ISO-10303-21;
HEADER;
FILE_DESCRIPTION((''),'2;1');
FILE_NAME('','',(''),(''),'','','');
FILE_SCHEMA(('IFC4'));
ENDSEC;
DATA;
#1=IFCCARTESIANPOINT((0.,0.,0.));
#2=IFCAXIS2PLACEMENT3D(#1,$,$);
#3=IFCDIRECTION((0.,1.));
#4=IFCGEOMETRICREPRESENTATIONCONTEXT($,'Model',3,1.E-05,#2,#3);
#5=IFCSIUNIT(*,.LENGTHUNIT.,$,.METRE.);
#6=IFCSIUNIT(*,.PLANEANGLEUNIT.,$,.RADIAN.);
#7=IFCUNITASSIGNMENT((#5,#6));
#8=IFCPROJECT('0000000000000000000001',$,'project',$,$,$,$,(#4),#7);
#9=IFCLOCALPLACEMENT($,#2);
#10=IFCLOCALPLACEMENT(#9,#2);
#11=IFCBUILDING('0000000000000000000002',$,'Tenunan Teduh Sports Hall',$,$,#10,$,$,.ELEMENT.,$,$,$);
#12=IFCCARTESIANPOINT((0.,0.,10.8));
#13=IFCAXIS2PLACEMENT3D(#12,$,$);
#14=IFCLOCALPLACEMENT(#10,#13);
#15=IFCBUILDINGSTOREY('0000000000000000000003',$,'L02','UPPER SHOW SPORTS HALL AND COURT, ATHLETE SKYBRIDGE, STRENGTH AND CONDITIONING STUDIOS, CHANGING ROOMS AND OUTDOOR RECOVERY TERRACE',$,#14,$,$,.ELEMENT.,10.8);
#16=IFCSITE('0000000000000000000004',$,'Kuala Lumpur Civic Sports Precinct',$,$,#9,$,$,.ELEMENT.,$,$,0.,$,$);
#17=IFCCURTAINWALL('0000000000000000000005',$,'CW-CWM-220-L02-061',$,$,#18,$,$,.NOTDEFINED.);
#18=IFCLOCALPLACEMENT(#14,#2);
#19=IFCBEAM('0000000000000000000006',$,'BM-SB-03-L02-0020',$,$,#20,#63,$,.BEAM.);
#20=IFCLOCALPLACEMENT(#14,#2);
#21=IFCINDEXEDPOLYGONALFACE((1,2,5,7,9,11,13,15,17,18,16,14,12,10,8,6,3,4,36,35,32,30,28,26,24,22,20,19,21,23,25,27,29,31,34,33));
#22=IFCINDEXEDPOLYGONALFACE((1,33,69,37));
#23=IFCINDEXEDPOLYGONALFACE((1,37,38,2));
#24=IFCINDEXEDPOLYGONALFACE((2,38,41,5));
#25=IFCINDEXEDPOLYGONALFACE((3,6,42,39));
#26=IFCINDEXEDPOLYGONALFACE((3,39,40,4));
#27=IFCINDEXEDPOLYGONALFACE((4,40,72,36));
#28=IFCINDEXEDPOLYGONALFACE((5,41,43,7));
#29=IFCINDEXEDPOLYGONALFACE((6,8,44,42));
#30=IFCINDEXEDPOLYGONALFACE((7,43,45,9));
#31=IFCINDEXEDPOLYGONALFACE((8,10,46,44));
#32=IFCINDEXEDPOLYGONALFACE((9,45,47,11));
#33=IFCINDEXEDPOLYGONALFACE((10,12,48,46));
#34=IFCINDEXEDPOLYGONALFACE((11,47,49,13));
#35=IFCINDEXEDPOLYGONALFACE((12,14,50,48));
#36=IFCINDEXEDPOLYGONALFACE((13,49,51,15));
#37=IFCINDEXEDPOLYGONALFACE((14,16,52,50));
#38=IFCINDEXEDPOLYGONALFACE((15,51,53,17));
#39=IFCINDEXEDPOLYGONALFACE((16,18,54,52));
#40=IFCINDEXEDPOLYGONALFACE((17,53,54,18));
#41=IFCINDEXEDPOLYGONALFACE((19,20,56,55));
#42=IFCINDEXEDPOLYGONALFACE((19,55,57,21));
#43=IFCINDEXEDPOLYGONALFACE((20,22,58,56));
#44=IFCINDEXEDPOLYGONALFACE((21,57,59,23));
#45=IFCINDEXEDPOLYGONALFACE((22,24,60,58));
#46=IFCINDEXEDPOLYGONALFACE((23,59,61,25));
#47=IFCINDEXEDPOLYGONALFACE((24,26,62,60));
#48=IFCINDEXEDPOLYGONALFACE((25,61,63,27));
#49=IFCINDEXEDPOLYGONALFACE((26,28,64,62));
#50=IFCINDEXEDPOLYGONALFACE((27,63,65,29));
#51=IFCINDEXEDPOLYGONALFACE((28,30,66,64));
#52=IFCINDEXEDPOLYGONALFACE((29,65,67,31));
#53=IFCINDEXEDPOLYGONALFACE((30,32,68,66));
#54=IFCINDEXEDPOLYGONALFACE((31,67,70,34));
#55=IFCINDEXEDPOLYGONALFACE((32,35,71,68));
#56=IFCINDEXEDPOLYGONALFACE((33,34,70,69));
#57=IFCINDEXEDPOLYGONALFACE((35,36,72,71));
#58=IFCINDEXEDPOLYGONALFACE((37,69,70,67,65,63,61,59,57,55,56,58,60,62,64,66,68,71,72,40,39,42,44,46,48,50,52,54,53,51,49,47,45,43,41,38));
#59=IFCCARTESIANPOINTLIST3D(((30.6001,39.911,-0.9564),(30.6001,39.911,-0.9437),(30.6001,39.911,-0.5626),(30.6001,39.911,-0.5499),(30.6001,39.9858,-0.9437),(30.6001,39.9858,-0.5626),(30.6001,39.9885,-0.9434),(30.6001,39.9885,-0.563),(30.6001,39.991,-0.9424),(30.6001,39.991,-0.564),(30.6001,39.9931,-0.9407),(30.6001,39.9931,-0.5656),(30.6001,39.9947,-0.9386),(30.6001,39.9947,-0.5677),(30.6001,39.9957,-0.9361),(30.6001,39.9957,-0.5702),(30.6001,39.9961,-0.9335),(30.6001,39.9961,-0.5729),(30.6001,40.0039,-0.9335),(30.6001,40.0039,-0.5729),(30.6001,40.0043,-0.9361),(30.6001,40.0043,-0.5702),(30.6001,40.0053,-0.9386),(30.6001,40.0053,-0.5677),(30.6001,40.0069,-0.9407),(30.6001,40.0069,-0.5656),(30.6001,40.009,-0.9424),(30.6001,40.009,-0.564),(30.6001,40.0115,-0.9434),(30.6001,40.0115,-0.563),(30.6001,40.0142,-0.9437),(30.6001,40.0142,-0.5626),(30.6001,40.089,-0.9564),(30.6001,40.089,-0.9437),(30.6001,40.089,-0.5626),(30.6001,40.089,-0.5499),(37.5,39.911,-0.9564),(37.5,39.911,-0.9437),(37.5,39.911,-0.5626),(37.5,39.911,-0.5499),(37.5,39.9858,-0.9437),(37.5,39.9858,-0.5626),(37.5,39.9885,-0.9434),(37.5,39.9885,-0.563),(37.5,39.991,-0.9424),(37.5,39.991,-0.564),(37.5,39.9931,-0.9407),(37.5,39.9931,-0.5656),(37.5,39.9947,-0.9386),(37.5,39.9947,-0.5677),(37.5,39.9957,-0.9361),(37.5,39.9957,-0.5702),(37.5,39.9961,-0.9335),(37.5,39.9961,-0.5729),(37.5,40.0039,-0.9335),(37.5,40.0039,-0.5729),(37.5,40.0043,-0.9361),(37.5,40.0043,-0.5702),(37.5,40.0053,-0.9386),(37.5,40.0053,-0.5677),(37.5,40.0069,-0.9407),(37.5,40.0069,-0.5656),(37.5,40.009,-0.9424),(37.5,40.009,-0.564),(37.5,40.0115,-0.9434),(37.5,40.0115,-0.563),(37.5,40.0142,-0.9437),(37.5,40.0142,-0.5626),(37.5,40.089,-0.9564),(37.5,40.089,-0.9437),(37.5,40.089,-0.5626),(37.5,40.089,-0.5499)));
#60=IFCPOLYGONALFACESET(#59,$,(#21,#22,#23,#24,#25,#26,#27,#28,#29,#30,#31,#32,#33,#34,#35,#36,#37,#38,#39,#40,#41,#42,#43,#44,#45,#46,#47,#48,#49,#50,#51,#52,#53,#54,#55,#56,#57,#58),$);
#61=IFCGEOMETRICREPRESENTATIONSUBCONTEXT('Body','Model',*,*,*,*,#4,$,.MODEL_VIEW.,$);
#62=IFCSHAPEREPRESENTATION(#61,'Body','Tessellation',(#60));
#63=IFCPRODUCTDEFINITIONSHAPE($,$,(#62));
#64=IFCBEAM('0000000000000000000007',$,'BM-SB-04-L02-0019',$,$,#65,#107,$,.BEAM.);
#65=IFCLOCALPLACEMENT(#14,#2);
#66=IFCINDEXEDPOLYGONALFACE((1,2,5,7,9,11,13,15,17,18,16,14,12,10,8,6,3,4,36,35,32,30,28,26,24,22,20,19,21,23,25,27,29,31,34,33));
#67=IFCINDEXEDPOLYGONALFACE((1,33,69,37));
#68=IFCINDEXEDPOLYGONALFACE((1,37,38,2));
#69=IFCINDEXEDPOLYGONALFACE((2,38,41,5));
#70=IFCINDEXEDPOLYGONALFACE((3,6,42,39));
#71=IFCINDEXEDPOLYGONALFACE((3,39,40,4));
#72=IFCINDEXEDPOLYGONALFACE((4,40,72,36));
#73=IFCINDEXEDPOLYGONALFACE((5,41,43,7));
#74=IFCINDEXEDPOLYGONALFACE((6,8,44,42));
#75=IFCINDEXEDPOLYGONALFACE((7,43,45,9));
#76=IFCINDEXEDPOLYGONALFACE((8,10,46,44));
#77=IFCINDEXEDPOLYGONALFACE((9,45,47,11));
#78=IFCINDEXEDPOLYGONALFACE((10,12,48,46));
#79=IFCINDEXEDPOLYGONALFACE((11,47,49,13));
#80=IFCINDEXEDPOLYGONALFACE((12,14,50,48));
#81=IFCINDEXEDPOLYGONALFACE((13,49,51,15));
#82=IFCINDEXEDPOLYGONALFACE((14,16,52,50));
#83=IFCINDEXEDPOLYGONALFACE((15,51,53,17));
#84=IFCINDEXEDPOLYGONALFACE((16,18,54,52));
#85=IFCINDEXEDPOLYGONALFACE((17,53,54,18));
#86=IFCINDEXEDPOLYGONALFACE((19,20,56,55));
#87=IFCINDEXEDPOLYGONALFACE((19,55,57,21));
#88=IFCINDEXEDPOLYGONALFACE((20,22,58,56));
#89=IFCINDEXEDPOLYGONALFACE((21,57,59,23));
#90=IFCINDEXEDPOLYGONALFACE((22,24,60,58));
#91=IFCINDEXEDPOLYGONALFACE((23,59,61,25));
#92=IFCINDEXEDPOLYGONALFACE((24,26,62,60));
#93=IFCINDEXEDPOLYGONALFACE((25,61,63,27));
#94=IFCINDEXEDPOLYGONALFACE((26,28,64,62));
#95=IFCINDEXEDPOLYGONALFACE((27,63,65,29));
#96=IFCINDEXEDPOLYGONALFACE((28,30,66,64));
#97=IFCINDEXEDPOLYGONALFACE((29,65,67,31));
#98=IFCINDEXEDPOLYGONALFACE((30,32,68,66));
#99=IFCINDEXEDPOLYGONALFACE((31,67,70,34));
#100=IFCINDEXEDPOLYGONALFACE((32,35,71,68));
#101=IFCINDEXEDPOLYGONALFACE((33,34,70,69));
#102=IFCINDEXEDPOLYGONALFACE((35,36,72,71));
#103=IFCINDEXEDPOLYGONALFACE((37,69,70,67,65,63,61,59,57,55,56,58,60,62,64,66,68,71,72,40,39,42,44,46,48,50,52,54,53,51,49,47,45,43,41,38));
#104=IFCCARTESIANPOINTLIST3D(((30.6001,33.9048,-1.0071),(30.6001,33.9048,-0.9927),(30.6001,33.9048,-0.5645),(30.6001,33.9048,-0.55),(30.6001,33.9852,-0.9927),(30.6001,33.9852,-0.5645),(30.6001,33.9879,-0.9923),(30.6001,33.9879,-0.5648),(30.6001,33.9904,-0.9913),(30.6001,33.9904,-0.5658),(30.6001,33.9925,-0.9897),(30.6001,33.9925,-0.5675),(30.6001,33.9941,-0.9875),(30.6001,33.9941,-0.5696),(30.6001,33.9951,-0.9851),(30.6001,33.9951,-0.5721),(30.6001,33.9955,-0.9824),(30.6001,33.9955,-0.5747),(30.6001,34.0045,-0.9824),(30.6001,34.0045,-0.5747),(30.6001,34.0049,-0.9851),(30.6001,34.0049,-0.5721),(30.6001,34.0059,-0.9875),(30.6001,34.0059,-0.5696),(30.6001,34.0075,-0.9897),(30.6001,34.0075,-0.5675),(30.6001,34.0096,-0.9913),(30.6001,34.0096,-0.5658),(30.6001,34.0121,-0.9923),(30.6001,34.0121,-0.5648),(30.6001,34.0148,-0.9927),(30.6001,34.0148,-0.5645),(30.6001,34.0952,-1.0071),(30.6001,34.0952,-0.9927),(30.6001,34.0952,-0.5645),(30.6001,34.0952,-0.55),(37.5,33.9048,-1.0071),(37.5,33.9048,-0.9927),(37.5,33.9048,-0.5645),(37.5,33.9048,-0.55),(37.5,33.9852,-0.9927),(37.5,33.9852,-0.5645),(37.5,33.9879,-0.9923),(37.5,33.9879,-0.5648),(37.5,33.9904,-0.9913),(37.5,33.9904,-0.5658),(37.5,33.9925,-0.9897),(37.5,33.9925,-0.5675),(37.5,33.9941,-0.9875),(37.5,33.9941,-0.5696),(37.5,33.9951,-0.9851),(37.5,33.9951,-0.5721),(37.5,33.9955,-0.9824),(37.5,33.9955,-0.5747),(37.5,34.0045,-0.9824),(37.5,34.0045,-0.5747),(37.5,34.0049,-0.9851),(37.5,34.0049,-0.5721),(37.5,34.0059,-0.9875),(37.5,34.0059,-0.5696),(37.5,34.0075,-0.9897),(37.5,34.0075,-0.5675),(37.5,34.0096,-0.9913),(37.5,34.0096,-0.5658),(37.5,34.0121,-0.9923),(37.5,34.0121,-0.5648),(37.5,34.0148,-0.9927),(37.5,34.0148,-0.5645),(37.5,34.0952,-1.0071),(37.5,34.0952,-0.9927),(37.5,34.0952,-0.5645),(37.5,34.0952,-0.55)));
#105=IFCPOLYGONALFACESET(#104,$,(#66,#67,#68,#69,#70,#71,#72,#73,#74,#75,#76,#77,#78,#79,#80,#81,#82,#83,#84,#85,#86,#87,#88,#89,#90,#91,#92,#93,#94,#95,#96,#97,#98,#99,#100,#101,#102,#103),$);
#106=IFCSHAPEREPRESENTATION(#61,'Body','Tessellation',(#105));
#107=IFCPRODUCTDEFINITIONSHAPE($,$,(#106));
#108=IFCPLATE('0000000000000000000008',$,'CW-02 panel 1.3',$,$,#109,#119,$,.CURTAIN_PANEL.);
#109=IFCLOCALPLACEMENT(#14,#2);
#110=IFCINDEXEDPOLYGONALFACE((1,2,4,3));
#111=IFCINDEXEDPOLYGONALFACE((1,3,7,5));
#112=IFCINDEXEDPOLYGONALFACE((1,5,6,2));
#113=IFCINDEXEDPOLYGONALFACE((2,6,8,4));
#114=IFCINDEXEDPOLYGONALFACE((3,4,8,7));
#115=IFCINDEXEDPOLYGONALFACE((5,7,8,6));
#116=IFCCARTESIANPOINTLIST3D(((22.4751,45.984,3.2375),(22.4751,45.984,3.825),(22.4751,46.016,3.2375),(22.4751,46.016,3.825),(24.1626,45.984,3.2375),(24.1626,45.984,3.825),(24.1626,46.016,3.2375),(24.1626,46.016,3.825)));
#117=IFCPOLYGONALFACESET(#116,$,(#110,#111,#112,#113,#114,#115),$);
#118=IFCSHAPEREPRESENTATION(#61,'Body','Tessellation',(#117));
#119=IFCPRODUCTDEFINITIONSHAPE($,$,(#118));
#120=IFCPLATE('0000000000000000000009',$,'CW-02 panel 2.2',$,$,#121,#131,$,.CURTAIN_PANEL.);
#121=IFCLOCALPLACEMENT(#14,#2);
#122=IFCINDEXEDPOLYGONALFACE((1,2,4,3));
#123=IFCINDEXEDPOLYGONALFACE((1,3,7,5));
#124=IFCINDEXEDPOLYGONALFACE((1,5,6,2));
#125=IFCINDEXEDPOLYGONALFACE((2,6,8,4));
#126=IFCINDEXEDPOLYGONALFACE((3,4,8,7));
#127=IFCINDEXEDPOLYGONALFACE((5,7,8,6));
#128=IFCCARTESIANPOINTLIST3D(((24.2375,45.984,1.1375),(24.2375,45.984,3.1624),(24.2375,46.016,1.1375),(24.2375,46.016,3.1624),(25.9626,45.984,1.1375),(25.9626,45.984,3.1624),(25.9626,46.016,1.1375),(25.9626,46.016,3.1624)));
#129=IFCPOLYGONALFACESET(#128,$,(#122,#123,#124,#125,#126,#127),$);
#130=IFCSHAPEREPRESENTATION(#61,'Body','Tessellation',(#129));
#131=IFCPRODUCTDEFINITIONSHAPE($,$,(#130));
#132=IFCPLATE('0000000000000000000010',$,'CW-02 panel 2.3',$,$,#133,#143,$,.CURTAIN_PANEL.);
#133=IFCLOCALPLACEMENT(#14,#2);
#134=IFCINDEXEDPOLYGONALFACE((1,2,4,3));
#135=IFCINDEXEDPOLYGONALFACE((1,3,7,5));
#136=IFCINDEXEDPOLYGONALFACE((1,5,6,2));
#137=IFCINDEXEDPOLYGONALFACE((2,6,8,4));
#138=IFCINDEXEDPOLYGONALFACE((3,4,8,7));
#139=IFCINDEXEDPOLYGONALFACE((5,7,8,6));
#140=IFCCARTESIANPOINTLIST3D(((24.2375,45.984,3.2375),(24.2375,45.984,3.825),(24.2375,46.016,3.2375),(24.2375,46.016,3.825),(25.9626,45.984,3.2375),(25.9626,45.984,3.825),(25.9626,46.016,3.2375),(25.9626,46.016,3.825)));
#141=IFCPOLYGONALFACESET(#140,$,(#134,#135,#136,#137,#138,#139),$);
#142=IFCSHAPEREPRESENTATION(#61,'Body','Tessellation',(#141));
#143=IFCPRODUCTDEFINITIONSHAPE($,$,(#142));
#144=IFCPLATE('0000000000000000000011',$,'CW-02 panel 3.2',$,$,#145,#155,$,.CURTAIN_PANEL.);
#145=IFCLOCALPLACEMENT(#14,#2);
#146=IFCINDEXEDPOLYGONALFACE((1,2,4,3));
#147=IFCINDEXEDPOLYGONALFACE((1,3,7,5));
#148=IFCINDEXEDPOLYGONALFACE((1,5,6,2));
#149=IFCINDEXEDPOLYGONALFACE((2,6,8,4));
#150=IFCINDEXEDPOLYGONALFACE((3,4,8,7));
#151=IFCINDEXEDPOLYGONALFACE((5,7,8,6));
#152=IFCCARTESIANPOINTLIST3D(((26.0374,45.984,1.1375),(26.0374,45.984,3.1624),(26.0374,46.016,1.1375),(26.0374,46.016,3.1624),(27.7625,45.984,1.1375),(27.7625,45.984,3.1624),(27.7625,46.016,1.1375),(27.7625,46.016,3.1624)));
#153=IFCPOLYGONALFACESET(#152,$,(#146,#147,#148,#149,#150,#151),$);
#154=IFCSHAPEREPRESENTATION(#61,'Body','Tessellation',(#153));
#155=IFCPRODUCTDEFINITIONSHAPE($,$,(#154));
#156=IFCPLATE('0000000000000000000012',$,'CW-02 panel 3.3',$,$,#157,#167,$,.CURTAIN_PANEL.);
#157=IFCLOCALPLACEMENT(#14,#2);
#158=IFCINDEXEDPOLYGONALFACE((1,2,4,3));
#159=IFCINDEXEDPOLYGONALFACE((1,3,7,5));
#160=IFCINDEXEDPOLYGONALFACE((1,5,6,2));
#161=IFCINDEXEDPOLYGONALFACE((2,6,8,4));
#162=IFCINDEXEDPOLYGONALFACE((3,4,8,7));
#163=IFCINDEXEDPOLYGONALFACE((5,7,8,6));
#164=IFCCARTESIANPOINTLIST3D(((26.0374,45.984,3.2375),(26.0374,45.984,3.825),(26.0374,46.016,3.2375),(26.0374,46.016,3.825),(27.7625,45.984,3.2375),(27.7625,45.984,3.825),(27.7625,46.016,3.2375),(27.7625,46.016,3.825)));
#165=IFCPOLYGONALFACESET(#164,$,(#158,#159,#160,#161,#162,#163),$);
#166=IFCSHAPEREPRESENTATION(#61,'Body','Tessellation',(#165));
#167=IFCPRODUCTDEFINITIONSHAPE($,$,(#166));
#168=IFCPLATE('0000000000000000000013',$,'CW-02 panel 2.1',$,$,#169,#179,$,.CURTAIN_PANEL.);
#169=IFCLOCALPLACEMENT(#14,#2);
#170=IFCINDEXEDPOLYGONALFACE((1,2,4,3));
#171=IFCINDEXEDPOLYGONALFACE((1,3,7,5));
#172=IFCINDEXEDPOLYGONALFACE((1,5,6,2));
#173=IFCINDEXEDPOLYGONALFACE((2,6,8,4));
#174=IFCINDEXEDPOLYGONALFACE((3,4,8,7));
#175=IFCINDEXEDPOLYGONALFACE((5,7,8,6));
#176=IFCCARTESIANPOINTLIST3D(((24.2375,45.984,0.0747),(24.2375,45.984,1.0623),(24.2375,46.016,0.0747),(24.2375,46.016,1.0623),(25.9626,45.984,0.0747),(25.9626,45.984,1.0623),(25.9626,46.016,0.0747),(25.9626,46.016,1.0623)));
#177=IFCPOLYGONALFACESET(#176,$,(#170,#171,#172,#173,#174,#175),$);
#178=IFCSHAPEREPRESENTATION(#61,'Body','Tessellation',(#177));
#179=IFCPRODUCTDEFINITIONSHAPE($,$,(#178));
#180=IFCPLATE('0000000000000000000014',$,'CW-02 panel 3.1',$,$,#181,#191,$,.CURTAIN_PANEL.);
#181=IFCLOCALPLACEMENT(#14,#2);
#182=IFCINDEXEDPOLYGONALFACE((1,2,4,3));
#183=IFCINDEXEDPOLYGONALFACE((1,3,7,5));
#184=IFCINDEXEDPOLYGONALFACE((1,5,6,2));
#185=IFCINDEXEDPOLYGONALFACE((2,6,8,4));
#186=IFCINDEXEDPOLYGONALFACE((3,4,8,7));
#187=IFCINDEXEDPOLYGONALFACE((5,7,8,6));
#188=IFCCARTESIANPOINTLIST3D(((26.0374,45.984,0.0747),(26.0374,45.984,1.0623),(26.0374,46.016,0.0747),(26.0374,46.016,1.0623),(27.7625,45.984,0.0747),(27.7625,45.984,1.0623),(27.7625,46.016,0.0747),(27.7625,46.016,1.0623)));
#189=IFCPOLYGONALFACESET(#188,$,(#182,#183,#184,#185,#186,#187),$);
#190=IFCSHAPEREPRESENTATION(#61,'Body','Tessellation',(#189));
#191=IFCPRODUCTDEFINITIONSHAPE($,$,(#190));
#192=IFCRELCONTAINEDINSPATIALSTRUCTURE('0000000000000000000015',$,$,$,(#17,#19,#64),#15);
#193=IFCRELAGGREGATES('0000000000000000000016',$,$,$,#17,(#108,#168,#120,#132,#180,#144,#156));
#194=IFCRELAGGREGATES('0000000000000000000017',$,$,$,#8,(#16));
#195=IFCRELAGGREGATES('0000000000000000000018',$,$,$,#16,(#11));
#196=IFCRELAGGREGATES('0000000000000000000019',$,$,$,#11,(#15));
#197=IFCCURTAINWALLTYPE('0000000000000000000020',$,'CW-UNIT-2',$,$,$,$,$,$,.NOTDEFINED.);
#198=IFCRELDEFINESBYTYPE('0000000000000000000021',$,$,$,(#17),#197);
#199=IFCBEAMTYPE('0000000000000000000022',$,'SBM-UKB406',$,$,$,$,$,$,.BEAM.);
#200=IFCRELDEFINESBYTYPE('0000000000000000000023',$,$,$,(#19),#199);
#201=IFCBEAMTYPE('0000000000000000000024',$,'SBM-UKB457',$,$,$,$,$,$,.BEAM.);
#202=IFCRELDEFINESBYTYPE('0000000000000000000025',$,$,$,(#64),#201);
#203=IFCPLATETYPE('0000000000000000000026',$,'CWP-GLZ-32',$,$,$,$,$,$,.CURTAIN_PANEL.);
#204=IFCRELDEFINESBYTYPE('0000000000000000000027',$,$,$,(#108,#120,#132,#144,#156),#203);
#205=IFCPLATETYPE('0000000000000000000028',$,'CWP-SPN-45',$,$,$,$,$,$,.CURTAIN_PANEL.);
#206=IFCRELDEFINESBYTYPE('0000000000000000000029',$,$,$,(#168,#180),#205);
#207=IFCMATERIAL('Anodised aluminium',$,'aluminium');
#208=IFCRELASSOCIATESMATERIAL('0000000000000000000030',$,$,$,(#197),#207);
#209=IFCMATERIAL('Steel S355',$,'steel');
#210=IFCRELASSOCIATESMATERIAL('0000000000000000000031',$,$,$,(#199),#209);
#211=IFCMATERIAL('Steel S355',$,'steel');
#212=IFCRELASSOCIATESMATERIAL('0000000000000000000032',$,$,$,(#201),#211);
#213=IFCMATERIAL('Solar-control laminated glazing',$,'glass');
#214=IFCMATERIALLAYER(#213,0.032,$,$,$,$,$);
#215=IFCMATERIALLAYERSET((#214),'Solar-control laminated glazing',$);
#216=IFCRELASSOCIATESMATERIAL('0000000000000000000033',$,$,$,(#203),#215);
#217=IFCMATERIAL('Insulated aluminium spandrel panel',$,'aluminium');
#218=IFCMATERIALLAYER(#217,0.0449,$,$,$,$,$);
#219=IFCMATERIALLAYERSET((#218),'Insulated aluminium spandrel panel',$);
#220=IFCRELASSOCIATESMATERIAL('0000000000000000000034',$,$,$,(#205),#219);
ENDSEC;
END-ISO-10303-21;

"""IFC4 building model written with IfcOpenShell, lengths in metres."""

from ifc_helpers import new_model, si_unit, direction, frame, origin, origin_2d, place, context, subcontext, project, spatial, rectangle, i_section, extrude, material, layer, layer_set, material_profile, profile_set, type_object, element, aggregate, save


model = new_model("IFC4")

# Units and contexts
model_context = context("Model", 3, precision=1e-05, world=origin(), true_north=direction((0.0, 1.0)))
body_context = subcontext(model_context, "Body", "Model", "MODEL_VIEW")
ifc_project = project(units=[si_unit("LENGTHUNIT", "METRE"), si_unit("PLANEANGLEUNIT", "RADIAN")], contexts=[model_context])

# Site, building, storey
site_placement = place(None, origin())
site = spatial("IfcSite", under=ifc_project, at=site_placement, Name="Kuala Lumpur Civic Sports Precinct", CompositionType="ELEMENT", RefElevation=0.0)
building_placement = place(site_placement, origin())
building = spatial("IfcBuilding", under=site, at=building_placement, Name="Tenunan Teduh Sports Hall", CompositionType="ELEMENT")
storey_placement = place(building_placement, frame((0.0, 0.0, 10.8)))
storey = spatial("IfcBuildingStorey", under=building, at=storey_placement, Name="L02", Description="UPPER SHOW SPORTS HALL AND COURT, ATHLETE SKYBRIDGE, STRENGTH AND CONDITIONING STUDIOS, CHANGING ROOMS AND OUTDOOR RECOVERY TERRACE", CompositionType="ELEMENT", Elevation=10.8)

# Curtain wall
ifc_material_1 = material(Name="Anodised aluminium", Category="aluminium")
curtain_wall_type = type_object("IfcCurtainWallType", Name="CW-UNIT-2", PredefinedType="NOTDEFINED", material=ifc_material_1)
curtain_wall_placement = place(storey_placement, origin())
curtain_wall = element("IfcCurtainWall", 1, at=curtain_wall_placement, inside=storey, type_object=curtain_wall_type, Name="CW-CWM-220-L02-061", PredefinedType="NOTDEFINED")

# Beams
ifc_material_2 = material(Name="Steel S355", Category="steel")
ifc_material_profile_1 = material_profile(ifc_material_2, i_section(OverallWidth=0.178, OverallDepth=0.4065, WebThickness=0.0078, FlangeThickness=0.0127, FilletRadius=0.0103, at=origin_2d()), Name="UKB 406x178x60")
ifc_profile_set_1 = profile_set([ifc_material_profile_1], Name="Steel S355")
beam_type_1 = type_object("IfcBeamType", Name="SBM-UKB406", PredefinedType="BEAM", material=ifc_profile_set_1)
beam_1_placement = place(storey_placement, frame((30.6001, 40.0, -0.7532), z_axis=(1.0, 0.0, 0.0), x_axis=(0.0, 1.0, 0.0)))
element("IfcBeam", 2, at=beam_1_placement, inside=storey, type_object=beam_type_1, Name="BM-SB-03-L02-0020", PredefinedType="BEAM", context=body_context, shape_type="SweptSolid", body=[
    extrude(i_section(OverallWidth=0.178, OverallDepth=0.4065, WebThickness=0.0078, FlangeThickness=0.0127, FilletRadius=0.0103, at=origin_2d()), origin(), (0.0, 0.0, 1.0), 6.8999),
])
ifc_material_3 = material(Name="Steel S355", Category="steel")
ifc_material_profile_2 = material_profile(ifc_material_3, i_section(OverallWidth=0.1904, OverallDepth=0.457, WebThickness=0.009, FlangeThickness=0.0144, FilletRadius=0.0103, at=origin_2d()), Name="UKB 457x191x74")
ifc_profile_set_2 = profile_set([ifc_material_profile_2], Name="Steel S355")
beam_type_2 = type_object("IfcBeamType", Name="SBM-UKB457", PredefinedType="BEAM", material=ifc_profile_set_2)
beam_2_placement = place(storey_placement, frame((30.6001, 34.0, -0.7786), z_axis=(1.0, 0.0, 0.0), x_axis=(0.0, 1.0, 0.0)))
element("IfcBeam", 3, at=beam_2_placement, inside=storey, type_object=beam_type_2, Name="BM-SB-04-L02-0019", PredefinedType="BEAM", context=body_context, shape_type="SweptSolid", body=[
    extrude(i_section(OverallWidth=0.1904, OverallDepth=0.457, WebThickness=0.009, FlangeThickness=0.0144, FilletRadius=0.0103, at=origin_2d()), origin(), (0.0, 0.0, 1.0), 6.8999),
])

# Plates
ifc_material_4 = material(Name="Solar-control laminated glazing", Category="glass")
ifc_layer_1 = layer(ifc_material_4, 0.032)
ifc_layer_set_1 = layer_set([ifc_layer_1], Name="Solar-control laminated glazing")
plate_type_1 = type_object("IfcPlateType", Name="CWP-GLZ-32", PredefinedType="CURTAIN_PANEL", material=ifc_layer_set_1)
plate_1_placement = place(storey_placement, frame((23.3188, 46.0, 3.2375), z_axis=(0.0, 0.0, 1.0), x_axis=(1.0, 0.0, 0.0)))
plate_1 = element("IfcPlate", 4, at=plate_1_placement, type_object=plate_type_1, Name="CW-02 panel 1.3", PredefinedType="CURTAIN_PANEL", context=body_context, shape_type="SweptSolid", body=[
    extrude(rectangle(XDim=1.6875, YDim=0.032, at=origin_2d()), origin(), (0.0, 0.0, 1.0), 0.5874),
])
plate_2_placement = place(storey_placement, frame((25.1001, 46.0, 1.1375), z_axis=(0.0, 0.0, 1.0), x_axis=(1.0, 0.0, 0.0)))
plate_2 = element("IfcPlate", 5, at=plate_2_placement, type_object=plate_type_1, Name="CW-02 panel 2.2", PredefinedType="CURTAIN_PANEL", context=body_context, shape_type="SweptSolid", body=[
    extrude(rectangle(XDim=1.7251, YDim=0.032, at=origin_2d()), origin(), (0.0, 0.0, 1.0), 2.0249),
])
plate_3_placement = place(storey_placement, frame((25.1001, 46.0, 3.2375), z_axis=(0.0, 0.0, 1.0), x_axis=(1.0, 0.0, 0.0)))
plate_3 = element("IfcPlate", 6, at=plate_3_placement, type_object=plate_type_1, Name="CW-02 panel 2.3", PredefinedType="CURTAIN_PANEL", context=body_context, shape_type="SweptSolid", body=[
    extrude(rectangle(XDim=1.7251, YDim=0.032, at=origin_2d()), origin(), (0.0, 0.0, 1.0), 0.5874),
])
plate_4_placement = place(storey_placement, frame((26.8999, 46.0, 1.1375), z_axis=(0.0, 0.0, 1.0), x_axis=(1.0, 0.0, 0.0)))
plate_4 = element("IfcPlate", 7, at=plate_4_placement, type_object=plate_type_1, Name="CW-02 panel 3.2", PredefinedType="CURTAIN_PANEL", context=body_context, shape_type="SweptSolid", body=[
    extrude(rectangle(XDim=1.7251, YDim=0.032, at=origin_2d()), origin(), (0.0, 0.0, 1.0), 2.0249),
])
plate_5_placement = place(storey_placement, frame((26.8999, 46.0, 3.2375), z_axis=(0.0, 0.0, 1.0), x_axis=(1.0, 0.0, 0.0)))
plate_5 = element("IfcPlate", 8, at=plate_5_placement, type_object=plate_type_1, Name="CW-02 panel 3.3", PredefinedType="CURTAIN_PANEL", context=body_context, shape_type="SweptSolid", body=[
    extrude(rectangle(XDim=1.7251, YDim=0.032, at=origin_2d()), origin(), (0.0, 0.0, 1.0), 0.5874),
])
ifc_material_5 = material(Name="Insulated aluminium spandrel panel", Category="aluminium")
ifc_layer_2 = layer(ifc_material_5, 0.0449)
ifc_layer_set_2 = layer_set([ifc_layer_2], Name="Insulated aluminium spandrel panel")
plate_type_2 = type_object("IfcPlateType", Name="CWP-SPN-45", PredefinedType="CURTAIN_PANEL", material=ifc_layer_set_2)
plate_6_placement = place(storey_placement, frame((25.1001, 46.0, 0.0747), z_axis=(0.0, 0.0, 1.0), x_axis=(1.0, 0.0, 0.0)))
plate_6 = element("IfcPlate", 9, at=plate_6_placement, type_object=plate_type_2, Name="CW-02 panel 2.1", PredefinedType="CURTAIN_PANEL", context=body_context, shape_type="SweptSolid", body=[
    extrude(rectangle(XDim=1.7251, YDim=0.032, at=origin_2d()), origin(), (0.0, 0.0, 1.0), 0.9875),
])
plate_7_placement = place(storey_placement, frame((26.8999, 46.0, 0.0747), z_axis=(0.0, 0.0, 1.0), x_axis=(1.0, 0.0, 0.0)))
plate_7 = element("IfcPlate", 10, at=plate_7_placement, type_object=plate_type_2, Name="CW-02 panel 3.1", PredefinedType="CURTAIN_PANEL", context=body_context, shape_type="SweptSolid", body=[
    extrude(rectangle(XDim=1.7251, YDim=0.032, at=origin_2d()), origin(), (0.0, 0.0, 1.0), 0.9875),
])
aggregate(curtain_wall, [plate_1, plate_6, plate_2, plate_3, plate_7, plate_4, plate_5])

save(model, "model.ifc")
